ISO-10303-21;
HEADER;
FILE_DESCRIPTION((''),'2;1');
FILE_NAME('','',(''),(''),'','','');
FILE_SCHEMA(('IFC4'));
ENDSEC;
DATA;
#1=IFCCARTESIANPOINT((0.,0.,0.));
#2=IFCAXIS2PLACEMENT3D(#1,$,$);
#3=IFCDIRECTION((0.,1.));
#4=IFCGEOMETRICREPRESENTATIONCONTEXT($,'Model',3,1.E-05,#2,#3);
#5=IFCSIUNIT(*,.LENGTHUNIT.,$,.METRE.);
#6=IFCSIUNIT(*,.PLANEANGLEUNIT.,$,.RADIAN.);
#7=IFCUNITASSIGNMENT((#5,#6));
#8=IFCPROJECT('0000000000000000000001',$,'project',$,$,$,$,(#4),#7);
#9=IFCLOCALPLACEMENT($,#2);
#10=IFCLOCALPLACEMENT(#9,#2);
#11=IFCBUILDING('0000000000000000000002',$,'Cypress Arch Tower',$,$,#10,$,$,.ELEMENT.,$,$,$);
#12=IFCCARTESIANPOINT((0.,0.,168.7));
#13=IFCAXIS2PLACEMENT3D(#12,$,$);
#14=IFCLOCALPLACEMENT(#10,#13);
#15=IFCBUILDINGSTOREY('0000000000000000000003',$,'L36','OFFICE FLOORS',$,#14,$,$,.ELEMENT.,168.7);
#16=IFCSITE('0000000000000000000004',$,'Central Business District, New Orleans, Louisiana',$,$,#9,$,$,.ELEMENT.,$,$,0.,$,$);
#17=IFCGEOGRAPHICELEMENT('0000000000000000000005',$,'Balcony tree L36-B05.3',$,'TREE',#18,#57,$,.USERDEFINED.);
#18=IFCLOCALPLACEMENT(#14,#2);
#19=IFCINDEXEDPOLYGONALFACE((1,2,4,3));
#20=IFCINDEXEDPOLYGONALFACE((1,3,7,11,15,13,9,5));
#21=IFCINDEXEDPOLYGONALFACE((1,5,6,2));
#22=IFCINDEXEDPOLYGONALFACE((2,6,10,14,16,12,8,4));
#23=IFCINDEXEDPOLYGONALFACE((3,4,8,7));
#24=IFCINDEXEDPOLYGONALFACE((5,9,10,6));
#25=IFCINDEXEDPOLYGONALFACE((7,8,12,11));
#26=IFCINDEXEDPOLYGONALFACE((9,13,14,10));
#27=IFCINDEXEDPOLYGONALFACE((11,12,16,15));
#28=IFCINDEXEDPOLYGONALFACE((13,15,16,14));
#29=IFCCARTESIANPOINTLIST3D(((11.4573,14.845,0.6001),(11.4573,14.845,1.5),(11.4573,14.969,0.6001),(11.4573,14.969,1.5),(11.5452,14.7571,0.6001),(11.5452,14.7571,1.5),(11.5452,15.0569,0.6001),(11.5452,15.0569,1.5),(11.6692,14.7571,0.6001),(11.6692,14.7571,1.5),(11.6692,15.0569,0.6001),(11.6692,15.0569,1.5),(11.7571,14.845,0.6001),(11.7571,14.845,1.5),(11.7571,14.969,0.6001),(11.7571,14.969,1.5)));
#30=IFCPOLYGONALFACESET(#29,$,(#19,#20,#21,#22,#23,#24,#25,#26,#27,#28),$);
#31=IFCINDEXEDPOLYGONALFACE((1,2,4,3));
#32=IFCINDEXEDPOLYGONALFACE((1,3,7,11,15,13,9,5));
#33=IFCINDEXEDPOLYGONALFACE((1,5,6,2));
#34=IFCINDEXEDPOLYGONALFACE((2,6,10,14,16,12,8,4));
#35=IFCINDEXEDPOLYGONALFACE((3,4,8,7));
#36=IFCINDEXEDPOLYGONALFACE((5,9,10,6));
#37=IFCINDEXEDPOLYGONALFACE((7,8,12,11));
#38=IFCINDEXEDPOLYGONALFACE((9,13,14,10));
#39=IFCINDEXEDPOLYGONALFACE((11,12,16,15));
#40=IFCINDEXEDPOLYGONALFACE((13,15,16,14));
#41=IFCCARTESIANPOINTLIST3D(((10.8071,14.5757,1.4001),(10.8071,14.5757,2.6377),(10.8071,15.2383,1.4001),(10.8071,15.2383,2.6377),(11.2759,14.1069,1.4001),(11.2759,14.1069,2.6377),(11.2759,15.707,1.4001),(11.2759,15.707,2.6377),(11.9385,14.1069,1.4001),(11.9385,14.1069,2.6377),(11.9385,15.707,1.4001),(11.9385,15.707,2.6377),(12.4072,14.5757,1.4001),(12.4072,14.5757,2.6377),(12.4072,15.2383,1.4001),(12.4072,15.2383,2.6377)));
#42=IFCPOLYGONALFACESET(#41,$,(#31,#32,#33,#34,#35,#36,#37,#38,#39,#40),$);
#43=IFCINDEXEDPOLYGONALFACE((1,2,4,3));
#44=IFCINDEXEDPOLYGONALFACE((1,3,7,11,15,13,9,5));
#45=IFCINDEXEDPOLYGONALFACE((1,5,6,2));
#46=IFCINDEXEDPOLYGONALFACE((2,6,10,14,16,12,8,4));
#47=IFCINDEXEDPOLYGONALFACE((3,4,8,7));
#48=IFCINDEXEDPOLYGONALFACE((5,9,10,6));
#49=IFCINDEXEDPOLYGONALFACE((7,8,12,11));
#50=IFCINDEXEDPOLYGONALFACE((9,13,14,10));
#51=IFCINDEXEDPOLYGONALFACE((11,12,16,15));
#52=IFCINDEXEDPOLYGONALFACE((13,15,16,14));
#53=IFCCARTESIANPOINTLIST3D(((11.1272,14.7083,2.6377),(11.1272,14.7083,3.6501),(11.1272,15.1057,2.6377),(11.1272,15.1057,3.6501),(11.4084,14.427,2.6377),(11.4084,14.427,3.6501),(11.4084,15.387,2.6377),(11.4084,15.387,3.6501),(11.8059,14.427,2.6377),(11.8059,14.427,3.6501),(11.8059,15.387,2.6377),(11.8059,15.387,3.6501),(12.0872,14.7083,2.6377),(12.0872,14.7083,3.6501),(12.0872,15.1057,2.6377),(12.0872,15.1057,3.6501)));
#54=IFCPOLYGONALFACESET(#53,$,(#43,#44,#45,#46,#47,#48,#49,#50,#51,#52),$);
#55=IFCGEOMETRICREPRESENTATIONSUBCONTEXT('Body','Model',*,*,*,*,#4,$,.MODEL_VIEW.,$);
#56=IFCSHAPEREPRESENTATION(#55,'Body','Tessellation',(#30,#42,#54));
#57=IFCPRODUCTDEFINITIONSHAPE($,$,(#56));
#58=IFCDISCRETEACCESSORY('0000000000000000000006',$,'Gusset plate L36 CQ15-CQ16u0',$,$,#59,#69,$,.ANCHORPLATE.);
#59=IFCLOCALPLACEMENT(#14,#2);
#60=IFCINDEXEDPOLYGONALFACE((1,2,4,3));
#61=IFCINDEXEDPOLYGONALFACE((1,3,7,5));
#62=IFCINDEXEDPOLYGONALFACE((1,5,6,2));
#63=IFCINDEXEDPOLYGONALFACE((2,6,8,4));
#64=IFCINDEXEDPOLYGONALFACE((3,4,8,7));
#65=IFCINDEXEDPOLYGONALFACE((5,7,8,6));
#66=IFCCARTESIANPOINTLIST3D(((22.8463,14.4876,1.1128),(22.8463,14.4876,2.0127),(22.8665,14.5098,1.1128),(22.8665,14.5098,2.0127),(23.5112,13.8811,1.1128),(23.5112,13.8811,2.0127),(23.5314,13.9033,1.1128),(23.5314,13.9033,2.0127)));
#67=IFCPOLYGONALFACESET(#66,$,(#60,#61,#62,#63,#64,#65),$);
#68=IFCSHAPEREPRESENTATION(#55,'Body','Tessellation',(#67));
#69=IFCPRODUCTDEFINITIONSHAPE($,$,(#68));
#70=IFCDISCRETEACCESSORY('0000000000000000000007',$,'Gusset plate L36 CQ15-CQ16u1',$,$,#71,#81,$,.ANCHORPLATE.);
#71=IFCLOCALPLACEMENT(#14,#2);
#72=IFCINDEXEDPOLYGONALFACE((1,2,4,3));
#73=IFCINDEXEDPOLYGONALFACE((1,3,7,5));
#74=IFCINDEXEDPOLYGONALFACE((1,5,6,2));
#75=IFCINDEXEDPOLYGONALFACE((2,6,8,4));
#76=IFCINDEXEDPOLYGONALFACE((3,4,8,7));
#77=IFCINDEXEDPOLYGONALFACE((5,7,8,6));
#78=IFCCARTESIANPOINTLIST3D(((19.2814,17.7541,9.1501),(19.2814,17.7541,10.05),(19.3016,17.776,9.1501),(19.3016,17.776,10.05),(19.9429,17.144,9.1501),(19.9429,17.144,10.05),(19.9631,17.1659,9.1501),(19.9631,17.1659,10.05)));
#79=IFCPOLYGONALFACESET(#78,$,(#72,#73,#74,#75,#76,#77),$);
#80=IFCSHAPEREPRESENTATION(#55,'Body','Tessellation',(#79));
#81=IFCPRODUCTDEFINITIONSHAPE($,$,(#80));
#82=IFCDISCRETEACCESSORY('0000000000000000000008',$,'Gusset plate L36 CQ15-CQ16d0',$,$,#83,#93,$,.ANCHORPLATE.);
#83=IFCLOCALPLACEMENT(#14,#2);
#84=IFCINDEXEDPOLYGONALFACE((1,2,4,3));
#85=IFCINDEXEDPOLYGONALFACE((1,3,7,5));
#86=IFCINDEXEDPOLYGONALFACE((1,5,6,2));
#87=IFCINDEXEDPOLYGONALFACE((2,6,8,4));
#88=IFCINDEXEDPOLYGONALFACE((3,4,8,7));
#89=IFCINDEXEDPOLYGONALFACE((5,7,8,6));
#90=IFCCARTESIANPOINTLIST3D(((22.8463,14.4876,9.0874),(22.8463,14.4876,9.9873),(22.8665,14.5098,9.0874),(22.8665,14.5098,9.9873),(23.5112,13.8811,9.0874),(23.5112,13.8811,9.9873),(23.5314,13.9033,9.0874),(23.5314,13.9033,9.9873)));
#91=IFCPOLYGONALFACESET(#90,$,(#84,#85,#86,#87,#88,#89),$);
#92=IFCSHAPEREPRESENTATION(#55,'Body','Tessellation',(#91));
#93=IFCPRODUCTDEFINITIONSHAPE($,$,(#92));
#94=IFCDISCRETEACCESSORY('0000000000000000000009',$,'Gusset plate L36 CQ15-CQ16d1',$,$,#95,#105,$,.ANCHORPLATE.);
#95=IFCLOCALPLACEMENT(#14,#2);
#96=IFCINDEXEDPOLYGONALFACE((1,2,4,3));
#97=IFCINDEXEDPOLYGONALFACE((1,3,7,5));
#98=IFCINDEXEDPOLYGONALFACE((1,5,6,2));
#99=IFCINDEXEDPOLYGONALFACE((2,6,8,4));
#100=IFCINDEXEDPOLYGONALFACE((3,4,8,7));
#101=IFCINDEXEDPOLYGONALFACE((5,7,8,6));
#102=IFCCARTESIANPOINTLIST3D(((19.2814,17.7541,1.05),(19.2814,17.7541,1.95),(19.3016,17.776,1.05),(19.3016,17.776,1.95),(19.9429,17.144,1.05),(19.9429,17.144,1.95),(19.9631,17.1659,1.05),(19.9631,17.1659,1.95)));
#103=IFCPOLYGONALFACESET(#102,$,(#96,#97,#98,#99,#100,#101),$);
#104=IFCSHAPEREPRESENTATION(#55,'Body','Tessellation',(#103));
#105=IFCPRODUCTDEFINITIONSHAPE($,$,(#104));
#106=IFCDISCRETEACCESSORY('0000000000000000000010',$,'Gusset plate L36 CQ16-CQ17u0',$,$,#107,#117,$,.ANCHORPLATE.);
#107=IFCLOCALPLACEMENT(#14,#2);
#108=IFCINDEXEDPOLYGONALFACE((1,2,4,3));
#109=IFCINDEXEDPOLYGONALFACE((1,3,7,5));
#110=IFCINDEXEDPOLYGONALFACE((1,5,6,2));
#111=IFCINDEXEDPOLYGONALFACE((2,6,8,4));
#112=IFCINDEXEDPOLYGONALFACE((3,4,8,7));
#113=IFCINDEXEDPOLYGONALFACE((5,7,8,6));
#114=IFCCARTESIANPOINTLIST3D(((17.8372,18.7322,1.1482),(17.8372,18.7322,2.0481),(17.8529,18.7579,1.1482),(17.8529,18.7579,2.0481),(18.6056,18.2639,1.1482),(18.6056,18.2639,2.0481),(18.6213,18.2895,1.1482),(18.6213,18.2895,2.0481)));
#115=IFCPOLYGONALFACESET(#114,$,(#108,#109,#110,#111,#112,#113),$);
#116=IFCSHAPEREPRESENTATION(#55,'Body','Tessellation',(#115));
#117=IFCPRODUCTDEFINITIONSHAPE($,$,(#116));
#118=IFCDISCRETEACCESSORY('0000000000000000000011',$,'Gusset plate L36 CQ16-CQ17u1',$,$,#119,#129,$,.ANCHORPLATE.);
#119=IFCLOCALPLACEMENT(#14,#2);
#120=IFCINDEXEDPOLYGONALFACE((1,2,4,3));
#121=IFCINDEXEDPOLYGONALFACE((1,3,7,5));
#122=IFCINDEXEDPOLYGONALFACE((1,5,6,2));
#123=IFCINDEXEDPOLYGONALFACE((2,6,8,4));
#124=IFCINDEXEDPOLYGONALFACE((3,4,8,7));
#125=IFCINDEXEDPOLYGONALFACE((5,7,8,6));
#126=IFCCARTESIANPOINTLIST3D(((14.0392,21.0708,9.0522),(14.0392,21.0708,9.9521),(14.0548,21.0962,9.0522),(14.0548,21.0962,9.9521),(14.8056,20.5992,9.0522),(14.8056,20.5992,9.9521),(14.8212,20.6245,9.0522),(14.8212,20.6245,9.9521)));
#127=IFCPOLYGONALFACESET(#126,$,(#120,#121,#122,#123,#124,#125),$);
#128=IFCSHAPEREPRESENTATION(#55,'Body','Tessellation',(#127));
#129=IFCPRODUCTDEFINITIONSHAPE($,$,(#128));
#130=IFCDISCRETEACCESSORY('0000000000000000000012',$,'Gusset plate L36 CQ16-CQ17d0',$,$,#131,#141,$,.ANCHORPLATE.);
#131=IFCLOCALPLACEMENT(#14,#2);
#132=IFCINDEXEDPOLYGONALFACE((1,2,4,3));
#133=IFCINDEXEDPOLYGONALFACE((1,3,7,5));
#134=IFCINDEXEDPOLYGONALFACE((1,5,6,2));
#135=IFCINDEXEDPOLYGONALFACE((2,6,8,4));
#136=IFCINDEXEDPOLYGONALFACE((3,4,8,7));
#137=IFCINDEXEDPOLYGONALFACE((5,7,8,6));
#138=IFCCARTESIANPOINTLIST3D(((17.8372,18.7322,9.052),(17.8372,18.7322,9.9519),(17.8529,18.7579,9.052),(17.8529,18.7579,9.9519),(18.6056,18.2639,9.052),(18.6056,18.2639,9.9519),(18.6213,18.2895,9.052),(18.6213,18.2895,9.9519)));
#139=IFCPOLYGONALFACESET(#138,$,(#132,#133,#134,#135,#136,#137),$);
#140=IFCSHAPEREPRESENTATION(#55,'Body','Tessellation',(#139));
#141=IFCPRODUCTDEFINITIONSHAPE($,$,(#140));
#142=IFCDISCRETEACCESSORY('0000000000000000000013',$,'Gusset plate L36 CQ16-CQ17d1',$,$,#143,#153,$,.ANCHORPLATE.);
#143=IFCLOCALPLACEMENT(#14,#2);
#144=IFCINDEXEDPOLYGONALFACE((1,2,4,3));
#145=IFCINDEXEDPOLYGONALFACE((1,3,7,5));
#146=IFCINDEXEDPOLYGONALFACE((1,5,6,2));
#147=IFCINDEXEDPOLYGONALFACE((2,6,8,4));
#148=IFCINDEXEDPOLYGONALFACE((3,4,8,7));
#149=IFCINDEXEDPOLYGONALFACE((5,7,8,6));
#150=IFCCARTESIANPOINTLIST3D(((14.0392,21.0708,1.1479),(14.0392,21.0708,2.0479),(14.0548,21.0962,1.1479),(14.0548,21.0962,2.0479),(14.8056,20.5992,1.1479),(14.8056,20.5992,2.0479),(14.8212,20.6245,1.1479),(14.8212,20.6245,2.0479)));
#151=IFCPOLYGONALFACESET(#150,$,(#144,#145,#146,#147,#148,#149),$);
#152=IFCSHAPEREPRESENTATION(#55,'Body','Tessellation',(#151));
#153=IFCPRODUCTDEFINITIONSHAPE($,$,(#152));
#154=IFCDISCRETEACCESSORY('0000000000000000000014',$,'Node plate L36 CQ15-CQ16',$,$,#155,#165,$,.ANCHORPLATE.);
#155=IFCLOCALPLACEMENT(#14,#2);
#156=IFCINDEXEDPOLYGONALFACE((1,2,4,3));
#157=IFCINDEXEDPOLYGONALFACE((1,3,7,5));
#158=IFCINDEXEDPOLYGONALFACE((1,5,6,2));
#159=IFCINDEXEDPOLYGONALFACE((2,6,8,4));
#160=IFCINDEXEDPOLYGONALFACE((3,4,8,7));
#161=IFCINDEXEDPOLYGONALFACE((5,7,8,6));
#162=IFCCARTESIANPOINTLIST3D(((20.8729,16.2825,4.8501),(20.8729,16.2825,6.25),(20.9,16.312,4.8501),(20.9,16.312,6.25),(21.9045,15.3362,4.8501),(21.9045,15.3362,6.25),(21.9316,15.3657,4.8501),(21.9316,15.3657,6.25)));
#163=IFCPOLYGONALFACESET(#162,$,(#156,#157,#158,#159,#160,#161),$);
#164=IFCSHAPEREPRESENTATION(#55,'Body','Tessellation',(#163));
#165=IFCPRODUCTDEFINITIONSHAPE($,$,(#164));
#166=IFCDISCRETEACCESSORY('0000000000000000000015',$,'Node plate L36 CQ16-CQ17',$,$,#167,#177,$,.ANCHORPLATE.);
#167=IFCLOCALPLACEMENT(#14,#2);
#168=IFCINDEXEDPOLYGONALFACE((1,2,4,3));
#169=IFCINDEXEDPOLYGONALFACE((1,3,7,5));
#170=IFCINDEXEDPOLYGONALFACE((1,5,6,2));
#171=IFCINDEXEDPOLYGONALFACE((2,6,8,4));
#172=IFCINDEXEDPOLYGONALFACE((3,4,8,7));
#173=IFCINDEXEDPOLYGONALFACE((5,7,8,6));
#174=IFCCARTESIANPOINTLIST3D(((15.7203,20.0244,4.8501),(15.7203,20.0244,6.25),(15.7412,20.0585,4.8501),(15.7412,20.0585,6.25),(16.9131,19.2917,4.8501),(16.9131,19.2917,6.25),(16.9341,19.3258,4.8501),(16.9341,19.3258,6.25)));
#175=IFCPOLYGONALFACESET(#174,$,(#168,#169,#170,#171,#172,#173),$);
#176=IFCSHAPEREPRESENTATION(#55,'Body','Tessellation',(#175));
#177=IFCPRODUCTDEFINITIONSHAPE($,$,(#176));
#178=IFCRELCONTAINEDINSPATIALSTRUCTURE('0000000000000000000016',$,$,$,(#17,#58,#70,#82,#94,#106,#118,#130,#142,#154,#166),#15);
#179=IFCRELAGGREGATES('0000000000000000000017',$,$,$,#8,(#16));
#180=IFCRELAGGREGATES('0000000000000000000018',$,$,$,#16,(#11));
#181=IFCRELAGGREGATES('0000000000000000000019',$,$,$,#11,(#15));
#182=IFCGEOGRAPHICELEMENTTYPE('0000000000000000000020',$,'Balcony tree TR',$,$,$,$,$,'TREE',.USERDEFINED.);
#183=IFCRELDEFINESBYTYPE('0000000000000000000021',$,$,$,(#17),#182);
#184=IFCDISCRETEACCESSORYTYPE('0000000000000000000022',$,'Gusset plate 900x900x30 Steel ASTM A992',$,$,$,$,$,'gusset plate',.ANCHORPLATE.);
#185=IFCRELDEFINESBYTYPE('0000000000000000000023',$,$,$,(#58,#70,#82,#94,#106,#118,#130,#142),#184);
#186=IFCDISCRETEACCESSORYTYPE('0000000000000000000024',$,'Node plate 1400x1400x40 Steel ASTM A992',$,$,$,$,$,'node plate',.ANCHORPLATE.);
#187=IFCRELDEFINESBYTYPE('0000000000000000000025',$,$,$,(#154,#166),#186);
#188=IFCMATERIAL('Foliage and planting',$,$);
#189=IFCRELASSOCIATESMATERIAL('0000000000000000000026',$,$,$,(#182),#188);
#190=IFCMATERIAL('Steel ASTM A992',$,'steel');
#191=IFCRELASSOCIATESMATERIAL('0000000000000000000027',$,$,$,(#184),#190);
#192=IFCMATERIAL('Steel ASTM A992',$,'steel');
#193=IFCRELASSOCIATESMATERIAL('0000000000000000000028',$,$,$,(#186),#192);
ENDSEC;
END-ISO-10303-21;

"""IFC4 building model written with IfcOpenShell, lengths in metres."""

from ifc_helpers import new_model, si_unit, direction, frame, origin, origin_2d, place, context, subcontext, project, spatial, polyline, rectangle, outline, extrude, material, material_profile, profile_set, type_object, element, save


model = new_model("IFC4")

# Units and contexts
model_context = context("Model", 3, precision=1e-05, world=origin(), true_north=direction((0.0, 1.0)))
body_context = subcontext(model_context, "Body", "Model", "MODEL_VIEW")
ifc_project = project(units=[si_unit("LENGTHUNIT", "METRE"), si_unit("PLANEANGLEUNIT", "RADIAN")], contexts=[model_context])

# Site, building, storey
site_placement = place(None, origin())
site = spatial("IfcSite", under=ifc_project, at=site_placement, Name="Central Business District, New Orleans, Louisiana", CompositionType="ELEMENT", RefElevation=0.0)
building_placement = place(site_placement, origin())
building = spatial("IfcBuilding", under=site, at=building_placement, Name="Cypress Arch Tower", CompositionType="ELEMENT")
storey_placement = place(building_placement, frame((0.0, 0.0, 168.7)))
storey = spatial("IfcBuildingStorey", under=building, at=storey_placement, Name="L36", Description="OFFICE FLOORS", CompositionType="ELEMENT", Elevation=168.7)

# Geographic element
ifc_material_1 = material(Name="Foliage and planting")
geographic_element_type = type_object("IfcGeographicElementType", Name="Balcony tree TR", ElementType="TREE", PredefinedType="USERDEFINED", material=ifc_material_1)
geographic_element_placement = place(storey_placement, frame((11.6072, 14.907, 0.6001), z_axis=(0.0, 0.0, 1.0), x_axis=(1.0, 0.0, 0.0)))
element("IfcGeographicElement", 1, at=geographic_element_placement, inside=storey, type_object=geographic_element_type, Name="Balcony tree L36-B05.3", ObjectType="TREE", PredefinedType="USERDEFINED", context=body_context, shape_type="SweptSolid", body=[
    extrude(outline(polyline([(0.1499, 0.062), (0.062, 0.1499), (-0.062, 0.1499), (-0.1499, 0.062), (-0.1499, -0.062), (-0.062, -0.1499), (0.062, -0.1499), (0.1499, -0.062), (0.1499, 0.062)])), origin(), (0.0, 0.0, 1.0), 0.8999),
    extrude(outline(polyline([(0.8, 0.3313), (0.3313, 0.8), (-0.3313, 0.8), (-0.8, 0.3313), (-0.8, -0.3313), (-0.3313, -0.8), (0.3313, -0.8), (0.8, -0.3313), (0.8, 0.3313)])), frame((0.0, 0.0, 0.8)), (0.0, 0.0, 1.0), 1.2375),
    extrude(outline(polyline([(0.48, 0.1987), (0.1987, 0.48), (-0.1987, 0.48), (-0.48, 0.1987), (-0.48, -0.1987), (-0.1987, -0.48), (0.1987, -0.48), (0.48, -0.1987), (0.48, 0.1987)])), frame((0.0, 0.0, 2.0376)), (0.0, 0.0, 1.0), 1.0125),
])

# Discrete accessories
ifc_material_2 = material(Name="Steel ASTM A992", Category="steel")
ifc_material_profile_1 = material_profile(ifc_material_2, rectangle(XDim=0.8999, YDim=0.8999, at=origin_2d()), Name="PL 30 900x900")
ifc_profile_set_1 = profile_set([ifc_material_profile_1], Name="Steel ASTM A992")
discrete_accessory_type_1 = type_object("IfcDiscreteAccessoryType", Name="Gusset plate 900x900x30 Steel ASTM A992", ElementType="gusset plate", PredefinedType="ANCHORPLATE", material=ifc_profile_set_1)
discrete_accessory_1_placement = place(storey_placement, frame((23.199, 14.2065, 1.5627), z_axis=(-0.673884, -0.738837, 0.0), x_axis=(0.738837, -0.673884, 0.0)))
element("IfcDiscreteAccessory", 2, at=discrete_accessory_1_placement, inside=storey, type_object=discrete_accessory_type_1, Name="Gusset plate L36 CQ15-CQ16u0", PredefinedType="ANCHORPLATE", context=body_context, shape_type="SweptSolid", body=[
    extrude(rectangle(XDim=0.8999, YDim=0.8999, at=origin_2d()), origin(), (0.0, 0.0, 1.0), 0.03),
])
discrete_accessory_2_placement = place(storey_placement, frame((19.6323, 17.4709, 9.6001), z_axis=(-0.677941, -0.735117, 0.0), x_axis=(0.735117, -0.677941, 0.0)))
element("IfcDiscreteAccessory", 3, at=discrete_accessory_2_placement, inside=storey, type_object=discrete_accessory_type_1, Name="Gusset plate L36 CQ15-CQ16u1", PredefinedType="ANCHORPLATE", context=body_context, shape_type="SweptSolid", body=[
    extrude(rectangle(XDim=0.8999, YDim=0.8999, at=origin_2d()), origin(), (0.0, 0.0, 1.0), 0.0298),
])
discrete_accessory_3_placement = place(storey_placement, frame((23.199, 14.2065, 9.5374), z_axis=(-0.673884, -0.738837, 0.0), x_axis=(0.738837, -0.673884, 0.0)))
element("IfcDiscreteAccessory", 4, at=discrete_accessory_3_placement, inside=storey, type_object=discrete_accessory_type_1, Name="Gusset plate L36 CQ15-CQ16d0", PredefinedType="ANCHORPLATE", context=body_context, shape_type="SweptSolid", body=[
    extrude(rectangle(XDim=0.8999, YDim=0.8999, at=origin_2d()), origin(), (0.0, 0.0, 1.0), 0.03),
])
discrete_accessory_4_placement = place(storey_placement, frame((19.6323, 17.4709, 1.5), z_axis=(-0.677941, -0.735117, 0.0), x_axis=(0.735117, -0.677941, 0.0)))
element("IfcDiscreteAccessory", 5, at=discrete_accessory_4_placement, inside=storey, type_object=discrete_accessory_type_1, Name="Gusset plate L36 CQ15-CQ16d1", PredefinedType="ANCHORPLATE", context=body_context, shape_type="SweptSolid", body=[
    extrude(rectangle(XDim=0.8999, YDim=0.8999, at=origin_2d()), origin(), (0.0, 0.0, 1.0), 0.0298),
])
discrete_accessory_5_placement = place(storey_placement, frame((18.2371, 18.5237, 1.5981), z_axis=(-0.520463, -0.853884, 0.0), x_axis=(0.853884, -0.520463, 0.0)))
element("IfcDiscreteAccessory", 6, at=discrete_accessory_5_placement, inside=storey, type_object=discrete_accessory_type_1, Name="Gusset plate L36 CQ16-CQ17u0", PredefinedType="ANCHORPLATE", context=body_context, shape_type="SweptSolid", body=[
    extrude(rectangle(XDim=0.8999, YDim=0.8999, at=origin_2d()), origin(), (0.0, 0.0, 1.0), 0.03),
])
discrete_accessory_6_placement = place(storey_placement, frame((14.438, 20.8604, 9.5022), z_axis=(-0.524097, -0.851658, 0.0), x_axis=(0.851658, -0.524097, 0.0)))
element("IfcDiscreteAccessory", 7, at=discrete_accessory_6_placement, inside=storey, type_object=discrete_accessory_type_1, Name="Gusset plate L36 CQ16-CQ17u1", PredefinedType="ANCHORPLATE", context=body_context, shape_type="SweptSolid", body=[
    extrude(rectangle(XDim=0.8999, YDim=0.8999, at=origin_2d()), origin(), (0.0, 0.0, 1.0), 0.0298),
])
discrete_accessory_7_placement = place(storey_placement, frame((18.2371, 18.5237, 9.502), z_axis=(-0.520463, -0.853884, 0.0), x_axis=(0.853884, -0.520463, 0.0)))
element("IfcDiscreteAccessory", 8, at=discrete_accessory_7_placement, inside=storey, type_object=discrete_accessory_type_1, Name="Gusset plate L36 CQ16-CQ17d0", PredefinedType="ANCHORPLATE", context=body_context, shape_type="SweptSolid", body=[
    extrude(rectangle(XDim=0.8999, YDim=0.8999, at=origin_2d()), origin(), (0.0, 0.0, 1.0), 0.03),
])
discrete_accessory_8_placement = place(storey_placement, frame((14.438, 20.8604, 1.5979), z_axis=(-0.524097, -0.851658, 0.0), x_axis=(0.851658, -0.524097, 0.0)))
element("IfcDiscreteAccessory", 9, at=discrete_accessory_8_placement, inside=storey, type_object=discrete_accessory_type_1, Name="Gusset plate L36 CQ16-CQ17d1", PredefinedType="ANCHORPLATE", context=body_context, shape_type="SweptSolid", body=[
    extrude(rectangle(XDim=0.8999, YDim=0.8999, at=origin_2d()), origin(), (0.0, 0.0, 1.0), 0.0298),
])
ifc_material_3 = material(Name="Steel ASTM A992", Category="steel")
ifc_material_profile_2 = material_profile(ifc_material_3, rectangle(XDim=1.3999, YDim=1.3999, at=origin_2d()), Name="PL 40 1400x1400")
ifc_profile_set_2 = profile_set([ifc_material_profile_2], Name="Steel ASTM A992")
discrete_accessory_type_2 = type_object("IfcDiscreteAccessoryType", Name="Node plate 1400x1400x40 Steel ASTM A992", ElementType="node plate", PredefinedType="ANCHORPLATE", material=ifc_profile_set_2)
for number, where, z_axis, x_axis, name in (
    (10, (21.4158, 15.8389, 5.55), (-0.676, -0.736901, 0.0), (0.736901, -0.676, 0.0), "Node plate L36 CQ15-CQ16"),
    (11, (16.3376, 19.6921, 5.55), (-0.523418, -0.852076, 0.0), (0.852076, -0.523418, 0.0), "Node plate L36 CQ16-CQ17"),
):
    element("IfcDiscreteAccessory", number, at=place(storey_placement, frame(where, z_axis=z_axis, x_axis=x_axis)), inside=storey, type_object=discrete_accessory_type_2, Name=name, PredefinedType="ANCHORPLATE", context=body_context, shape_type="SweptSolid", body=[
        extrude(rectangle(XDim=1.3999, YDim=1.3999, at=origin_2d()), origin(), (0.0, 0.0, 1.0), 0.04),
    ])

save(model, "model.ifc")
